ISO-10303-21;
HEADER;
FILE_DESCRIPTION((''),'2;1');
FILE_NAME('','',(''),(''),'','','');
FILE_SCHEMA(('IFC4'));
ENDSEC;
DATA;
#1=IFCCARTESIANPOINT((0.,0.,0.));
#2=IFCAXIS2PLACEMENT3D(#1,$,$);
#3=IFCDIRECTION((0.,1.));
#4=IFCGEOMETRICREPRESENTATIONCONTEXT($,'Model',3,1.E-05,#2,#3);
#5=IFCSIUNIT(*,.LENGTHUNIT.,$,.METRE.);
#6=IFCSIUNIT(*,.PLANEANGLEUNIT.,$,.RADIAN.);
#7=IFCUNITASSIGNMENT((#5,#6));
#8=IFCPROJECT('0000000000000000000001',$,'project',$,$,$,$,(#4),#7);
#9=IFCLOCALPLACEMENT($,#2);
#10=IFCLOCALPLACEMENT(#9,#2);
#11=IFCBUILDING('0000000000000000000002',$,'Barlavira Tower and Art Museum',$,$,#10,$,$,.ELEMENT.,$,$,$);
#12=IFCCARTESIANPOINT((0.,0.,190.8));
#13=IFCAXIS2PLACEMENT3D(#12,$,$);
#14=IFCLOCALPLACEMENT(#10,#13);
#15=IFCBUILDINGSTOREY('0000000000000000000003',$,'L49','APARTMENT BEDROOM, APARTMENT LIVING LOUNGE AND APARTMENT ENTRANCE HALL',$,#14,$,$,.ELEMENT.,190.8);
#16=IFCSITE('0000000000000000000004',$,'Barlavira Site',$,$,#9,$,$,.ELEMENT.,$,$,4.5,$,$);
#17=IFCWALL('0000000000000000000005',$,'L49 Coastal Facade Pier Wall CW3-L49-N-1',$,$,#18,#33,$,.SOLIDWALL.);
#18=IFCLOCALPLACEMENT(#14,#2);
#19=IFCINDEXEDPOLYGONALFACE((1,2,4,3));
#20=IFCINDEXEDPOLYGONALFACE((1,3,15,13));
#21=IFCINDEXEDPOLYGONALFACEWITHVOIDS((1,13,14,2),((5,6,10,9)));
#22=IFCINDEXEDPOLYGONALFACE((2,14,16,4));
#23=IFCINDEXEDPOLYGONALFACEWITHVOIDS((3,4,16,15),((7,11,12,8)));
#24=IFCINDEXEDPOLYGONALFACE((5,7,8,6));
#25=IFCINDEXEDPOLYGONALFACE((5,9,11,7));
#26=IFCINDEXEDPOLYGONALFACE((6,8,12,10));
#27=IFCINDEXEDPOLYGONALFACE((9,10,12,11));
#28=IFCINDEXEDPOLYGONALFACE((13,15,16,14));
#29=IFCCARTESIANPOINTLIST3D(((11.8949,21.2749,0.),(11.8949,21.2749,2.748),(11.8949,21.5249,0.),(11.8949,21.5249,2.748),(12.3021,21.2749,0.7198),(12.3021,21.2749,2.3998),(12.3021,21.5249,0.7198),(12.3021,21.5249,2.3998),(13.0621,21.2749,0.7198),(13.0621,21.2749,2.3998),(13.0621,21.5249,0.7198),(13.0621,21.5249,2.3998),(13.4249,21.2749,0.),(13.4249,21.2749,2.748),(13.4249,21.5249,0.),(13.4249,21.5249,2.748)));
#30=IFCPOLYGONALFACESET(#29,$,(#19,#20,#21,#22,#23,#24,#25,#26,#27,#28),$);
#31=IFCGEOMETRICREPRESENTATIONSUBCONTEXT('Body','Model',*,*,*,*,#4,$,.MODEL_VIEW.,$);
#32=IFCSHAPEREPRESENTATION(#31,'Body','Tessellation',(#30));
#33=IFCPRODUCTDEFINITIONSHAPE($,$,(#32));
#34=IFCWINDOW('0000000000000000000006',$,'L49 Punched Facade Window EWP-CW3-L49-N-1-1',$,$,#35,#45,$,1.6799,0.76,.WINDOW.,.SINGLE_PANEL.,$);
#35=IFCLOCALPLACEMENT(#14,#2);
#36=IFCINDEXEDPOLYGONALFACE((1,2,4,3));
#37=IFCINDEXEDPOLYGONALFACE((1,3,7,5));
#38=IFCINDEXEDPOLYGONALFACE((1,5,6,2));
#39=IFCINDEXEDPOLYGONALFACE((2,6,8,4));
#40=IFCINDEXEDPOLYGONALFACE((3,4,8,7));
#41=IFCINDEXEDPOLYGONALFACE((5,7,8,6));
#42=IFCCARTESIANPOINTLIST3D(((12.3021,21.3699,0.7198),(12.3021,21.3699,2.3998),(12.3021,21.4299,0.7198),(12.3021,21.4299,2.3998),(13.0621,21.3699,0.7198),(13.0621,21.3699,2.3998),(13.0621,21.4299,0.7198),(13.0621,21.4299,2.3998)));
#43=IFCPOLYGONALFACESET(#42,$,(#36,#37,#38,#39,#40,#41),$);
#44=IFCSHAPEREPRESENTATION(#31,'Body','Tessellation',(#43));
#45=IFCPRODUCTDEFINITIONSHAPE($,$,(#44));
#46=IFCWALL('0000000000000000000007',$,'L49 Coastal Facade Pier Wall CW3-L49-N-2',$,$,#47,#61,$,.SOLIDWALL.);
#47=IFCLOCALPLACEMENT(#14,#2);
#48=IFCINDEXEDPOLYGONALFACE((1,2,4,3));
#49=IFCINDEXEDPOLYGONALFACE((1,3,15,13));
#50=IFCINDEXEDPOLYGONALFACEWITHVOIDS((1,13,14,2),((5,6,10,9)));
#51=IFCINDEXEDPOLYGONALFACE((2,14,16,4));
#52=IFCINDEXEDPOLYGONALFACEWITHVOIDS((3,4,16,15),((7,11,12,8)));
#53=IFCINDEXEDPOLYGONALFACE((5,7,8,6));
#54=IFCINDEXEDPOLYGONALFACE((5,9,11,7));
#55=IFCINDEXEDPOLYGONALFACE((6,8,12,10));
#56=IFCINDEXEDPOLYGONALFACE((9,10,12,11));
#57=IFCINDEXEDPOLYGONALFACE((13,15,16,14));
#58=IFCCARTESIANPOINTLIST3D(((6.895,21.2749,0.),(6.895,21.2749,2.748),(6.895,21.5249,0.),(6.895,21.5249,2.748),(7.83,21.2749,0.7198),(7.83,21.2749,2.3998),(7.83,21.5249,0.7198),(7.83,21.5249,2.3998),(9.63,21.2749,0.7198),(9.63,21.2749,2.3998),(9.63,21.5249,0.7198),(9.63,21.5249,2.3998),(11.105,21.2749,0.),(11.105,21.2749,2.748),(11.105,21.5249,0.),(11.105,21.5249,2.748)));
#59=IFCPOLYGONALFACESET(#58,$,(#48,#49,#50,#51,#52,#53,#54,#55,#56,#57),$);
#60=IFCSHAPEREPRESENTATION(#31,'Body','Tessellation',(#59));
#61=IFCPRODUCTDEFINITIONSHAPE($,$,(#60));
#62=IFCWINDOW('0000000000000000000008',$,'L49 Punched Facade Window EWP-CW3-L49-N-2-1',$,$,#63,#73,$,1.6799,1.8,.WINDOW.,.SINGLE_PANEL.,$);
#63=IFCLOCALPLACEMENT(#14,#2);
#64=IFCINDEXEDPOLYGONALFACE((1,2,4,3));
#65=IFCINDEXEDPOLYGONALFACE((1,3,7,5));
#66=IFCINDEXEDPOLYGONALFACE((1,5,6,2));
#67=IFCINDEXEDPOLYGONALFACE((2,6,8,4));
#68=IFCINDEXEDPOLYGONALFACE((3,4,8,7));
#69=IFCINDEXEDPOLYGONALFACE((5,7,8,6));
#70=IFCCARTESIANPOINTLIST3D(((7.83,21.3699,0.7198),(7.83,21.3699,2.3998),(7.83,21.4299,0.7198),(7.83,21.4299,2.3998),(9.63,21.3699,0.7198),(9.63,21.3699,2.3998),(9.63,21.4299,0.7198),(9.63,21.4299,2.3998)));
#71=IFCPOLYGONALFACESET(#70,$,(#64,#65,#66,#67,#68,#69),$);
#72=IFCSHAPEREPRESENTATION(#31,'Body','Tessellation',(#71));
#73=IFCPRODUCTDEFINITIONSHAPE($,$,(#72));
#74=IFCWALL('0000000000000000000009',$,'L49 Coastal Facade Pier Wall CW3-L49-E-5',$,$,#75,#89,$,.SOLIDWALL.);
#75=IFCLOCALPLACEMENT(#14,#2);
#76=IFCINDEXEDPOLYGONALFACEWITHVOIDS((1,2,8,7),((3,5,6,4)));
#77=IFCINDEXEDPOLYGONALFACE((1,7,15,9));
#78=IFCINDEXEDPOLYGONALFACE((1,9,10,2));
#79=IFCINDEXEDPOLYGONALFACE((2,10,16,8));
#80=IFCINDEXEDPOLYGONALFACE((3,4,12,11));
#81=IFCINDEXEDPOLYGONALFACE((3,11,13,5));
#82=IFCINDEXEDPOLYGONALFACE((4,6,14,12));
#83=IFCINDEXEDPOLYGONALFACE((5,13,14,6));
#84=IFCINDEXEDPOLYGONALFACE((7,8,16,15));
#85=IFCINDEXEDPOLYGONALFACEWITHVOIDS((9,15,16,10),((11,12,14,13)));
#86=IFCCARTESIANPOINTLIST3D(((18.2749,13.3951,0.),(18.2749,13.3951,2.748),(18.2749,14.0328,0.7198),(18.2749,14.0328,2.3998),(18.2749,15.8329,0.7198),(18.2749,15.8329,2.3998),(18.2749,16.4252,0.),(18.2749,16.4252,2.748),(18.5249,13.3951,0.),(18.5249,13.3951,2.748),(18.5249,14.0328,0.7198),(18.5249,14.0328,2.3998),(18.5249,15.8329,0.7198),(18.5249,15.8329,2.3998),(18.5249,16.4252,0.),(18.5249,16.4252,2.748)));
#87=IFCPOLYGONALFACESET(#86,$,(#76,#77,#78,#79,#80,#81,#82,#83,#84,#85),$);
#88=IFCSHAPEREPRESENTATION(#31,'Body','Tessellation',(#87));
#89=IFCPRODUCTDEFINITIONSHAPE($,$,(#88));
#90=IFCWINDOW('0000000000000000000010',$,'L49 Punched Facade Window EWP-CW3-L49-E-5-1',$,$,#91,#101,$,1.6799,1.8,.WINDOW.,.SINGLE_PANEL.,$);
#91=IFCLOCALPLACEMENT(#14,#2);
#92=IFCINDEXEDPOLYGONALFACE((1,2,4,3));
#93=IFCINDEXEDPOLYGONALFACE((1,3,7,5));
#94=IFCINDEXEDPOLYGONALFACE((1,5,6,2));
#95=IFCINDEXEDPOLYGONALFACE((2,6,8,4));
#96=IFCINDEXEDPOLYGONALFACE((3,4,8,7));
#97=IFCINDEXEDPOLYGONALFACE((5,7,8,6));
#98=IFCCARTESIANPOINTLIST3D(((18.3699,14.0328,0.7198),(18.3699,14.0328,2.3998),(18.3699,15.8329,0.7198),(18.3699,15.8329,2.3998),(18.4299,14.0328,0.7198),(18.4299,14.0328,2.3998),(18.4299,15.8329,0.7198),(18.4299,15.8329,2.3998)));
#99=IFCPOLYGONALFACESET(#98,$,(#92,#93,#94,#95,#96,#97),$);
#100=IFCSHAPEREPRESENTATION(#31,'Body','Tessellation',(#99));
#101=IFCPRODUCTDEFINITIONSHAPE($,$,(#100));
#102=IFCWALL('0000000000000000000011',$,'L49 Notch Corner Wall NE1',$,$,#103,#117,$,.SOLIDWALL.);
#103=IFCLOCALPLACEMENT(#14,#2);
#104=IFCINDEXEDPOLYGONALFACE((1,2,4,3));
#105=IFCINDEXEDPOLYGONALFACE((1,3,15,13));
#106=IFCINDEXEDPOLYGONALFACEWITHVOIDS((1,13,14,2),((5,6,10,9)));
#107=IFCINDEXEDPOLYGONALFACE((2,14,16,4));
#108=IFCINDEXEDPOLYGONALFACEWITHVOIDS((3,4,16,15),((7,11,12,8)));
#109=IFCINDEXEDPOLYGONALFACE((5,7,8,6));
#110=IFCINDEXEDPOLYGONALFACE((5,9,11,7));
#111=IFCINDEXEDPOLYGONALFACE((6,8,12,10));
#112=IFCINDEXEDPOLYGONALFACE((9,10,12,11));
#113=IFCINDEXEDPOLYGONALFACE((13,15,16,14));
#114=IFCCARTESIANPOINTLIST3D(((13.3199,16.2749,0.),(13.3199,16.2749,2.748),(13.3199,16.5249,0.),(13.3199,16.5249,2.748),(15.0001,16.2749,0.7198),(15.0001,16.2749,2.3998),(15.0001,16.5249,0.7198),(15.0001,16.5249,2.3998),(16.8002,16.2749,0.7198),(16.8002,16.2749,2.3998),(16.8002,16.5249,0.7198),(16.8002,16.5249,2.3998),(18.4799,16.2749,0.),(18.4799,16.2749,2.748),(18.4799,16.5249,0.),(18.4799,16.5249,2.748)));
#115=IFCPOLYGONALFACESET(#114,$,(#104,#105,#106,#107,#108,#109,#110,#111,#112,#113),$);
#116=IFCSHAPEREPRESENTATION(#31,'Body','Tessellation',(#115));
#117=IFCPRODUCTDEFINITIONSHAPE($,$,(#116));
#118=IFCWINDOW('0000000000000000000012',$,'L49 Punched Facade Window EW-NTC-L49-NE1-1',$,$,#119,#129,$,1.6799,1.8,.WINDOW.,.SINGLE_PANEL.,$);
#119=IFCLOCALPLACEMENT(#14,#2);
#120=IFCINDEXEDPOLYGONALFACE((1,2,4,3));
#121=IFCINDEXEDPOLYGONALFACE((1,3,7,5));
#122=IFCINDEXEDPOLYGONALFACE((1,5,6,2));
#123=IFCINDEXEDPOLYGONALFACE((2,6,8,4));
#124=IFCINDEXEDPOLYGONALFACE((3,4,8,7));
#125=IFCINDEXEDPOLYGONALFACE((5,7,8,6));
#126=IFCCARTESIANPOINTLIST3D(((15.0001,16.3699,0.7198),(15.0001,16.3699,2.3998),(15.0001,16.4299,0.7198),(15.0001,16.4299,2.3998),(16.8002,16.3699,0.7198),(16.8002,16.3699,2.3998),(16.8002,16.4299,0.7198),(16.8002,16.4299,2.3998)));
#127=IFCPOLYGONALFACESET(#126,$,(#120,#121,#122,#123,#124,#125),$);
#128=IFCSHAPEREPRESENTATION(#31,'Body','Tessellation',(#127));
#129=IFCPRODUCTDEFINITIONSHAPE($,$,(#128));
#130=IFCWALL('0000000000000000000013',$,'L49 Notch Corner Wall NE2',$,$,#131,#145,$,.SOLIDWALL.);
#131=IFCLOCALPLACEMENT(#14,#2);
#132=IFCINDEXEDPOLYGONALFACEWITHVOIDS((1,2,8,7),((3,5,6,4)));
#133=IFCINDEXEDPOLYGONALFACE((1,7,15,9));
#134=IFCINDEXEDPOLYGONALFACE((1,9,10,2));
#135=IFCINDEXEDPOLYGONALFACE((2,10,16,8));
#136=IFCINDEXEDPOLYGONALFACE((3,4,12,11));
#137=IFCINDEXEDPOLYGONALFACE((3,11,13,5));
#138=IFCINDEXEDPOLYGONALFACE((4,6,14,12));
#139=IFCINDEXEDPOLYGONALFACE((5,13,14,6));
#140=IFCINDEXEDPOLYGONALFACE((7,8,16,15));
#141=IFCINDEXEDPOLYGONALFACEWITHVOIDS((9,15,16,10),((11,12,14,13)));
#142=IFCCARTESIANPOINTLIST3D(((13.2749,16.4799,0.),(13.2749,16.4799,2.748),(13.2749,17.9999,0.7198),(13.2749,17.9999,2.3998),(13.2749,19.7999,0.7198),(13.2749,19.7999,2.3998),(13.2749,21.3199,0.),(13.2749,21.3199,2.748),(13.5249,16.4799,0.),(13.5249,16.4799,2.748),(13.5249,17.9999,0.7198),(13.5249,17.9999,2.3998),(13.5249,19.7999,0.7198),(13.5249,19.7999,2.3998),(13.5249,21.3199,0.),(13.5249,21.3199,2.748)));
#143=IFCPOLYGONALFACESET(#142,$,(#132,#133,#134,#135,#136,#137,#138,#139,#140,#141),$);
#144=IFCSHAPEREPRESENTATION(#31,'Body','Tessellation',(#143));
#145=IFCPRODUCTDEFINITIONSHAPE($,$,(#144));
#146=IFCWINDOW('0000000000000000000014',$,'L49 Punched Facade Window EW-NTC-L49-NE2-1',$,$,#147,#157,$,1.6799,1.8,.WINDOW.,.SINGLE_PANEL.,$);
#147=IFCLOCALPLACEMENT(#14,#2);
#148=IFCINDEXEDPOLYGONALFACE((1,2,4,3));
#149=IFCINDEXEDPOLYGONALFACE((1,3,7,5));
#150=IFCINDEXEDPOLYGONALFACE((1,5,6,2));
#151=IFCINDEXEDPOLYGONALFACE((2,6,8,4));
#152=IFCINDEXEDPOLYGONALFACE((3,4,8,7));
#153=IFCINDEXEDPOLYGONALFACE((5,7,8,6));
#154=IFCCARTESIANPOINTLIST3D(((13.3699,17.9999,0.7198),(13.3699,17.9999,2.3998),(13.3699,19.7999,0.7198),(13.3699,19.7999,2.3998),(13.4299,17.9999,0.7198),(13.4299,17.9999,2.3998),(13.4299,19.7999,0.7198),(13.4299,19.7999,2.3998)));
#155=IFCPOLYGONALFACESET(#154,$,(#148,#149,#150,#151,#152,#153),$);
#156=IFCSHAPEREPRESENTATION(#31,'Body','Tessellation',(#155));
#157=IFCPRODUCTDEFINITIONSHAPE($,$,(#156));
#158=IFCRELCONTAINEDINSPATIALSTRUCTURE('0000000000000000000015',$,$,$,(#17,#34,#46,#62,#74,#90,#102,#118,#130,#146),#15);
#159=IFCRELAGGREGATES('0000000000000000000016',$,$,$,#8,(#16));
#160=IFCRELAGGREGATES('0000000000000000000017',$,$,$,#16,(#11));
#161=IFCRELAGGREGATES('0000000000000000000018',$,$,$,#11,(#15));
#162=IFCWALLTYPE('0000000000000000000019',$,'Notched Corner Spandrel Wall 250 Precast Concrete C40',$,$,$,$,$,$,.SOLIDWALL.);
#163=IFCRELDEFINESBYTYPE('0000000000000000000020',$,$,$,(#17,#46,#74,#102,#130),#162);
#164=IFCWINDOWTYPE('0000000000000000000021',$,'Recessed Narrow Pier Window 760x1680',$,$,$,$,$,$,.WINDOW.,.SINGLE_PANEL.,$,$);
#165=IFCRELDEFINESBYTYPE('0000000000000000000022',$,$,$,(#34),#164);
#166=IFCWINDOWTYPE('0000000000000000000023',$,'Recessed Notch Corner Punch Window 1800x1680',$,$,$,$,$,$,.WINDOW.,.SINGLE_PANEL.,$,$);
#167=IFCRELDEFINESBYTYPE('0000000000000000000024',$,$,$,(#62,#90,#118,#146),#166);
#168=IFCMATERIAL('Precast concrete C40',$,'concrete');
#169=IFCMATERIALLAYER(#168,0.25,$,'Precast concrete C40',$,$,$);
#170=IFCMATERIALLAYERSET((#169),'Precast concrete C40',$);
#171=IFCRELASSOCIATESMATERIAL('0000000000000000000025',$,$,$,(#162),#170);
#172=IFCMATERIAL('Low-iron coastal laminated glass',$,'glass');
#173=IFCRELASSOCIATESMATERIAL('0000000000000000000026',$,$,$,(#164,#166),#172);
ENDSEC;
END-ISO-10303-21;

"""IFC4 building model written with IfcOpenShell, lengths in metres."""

from ifc_helpers import new_model, si_unit, direction, frame, frame_2d, origin, place, context, subcontext, project, spatial, rectangle, extrude, material, layer, layer_set, type_object, element, fill, save


model = new_model("IFC4")

# Units and contexts
model_context = context("Model", 3, precision=1e-05, world=origin(), true_north=direction((0.0, 1.0)))
body_context = subcontext(model_context, "Body", "Model", "MODEL_VIEW")
ifc_project = project(units=[si_unit("LENGTHUNIT", "METRE"), si_unit("PLANEANGLEUNIT", "RADIAN")], contexts=[model_context])

# Site, building, storey
site_placement = place(None, origin())
site = spatial("IfcSite", under=ifc_project, at=site_placement, Name="Barlavira Site", CompositionType="ELEMENT", RefElevation=4.5)
building_placement = place(site_placement, origin())
building = spatial("IfcBuilding", under=site, at=building_placement, Name="Barlavira Tower and Art Museum", CompositionType="ELEMENT")
storey_placement = place(building_placement, frame((0.0, 0.0, 190.8)))
storey = spatial("IfcBuildingStorey", under=building, at=storey_placement, Name="L49", Description="APARTMENT BEDROOM, APARTMENT LIVING LOUNGE AND APARTMENT ENTRANCE HALL", CompositionType="ELEMENT", Elevation=190.8)

# Walls, openings, windows
ifc_material_1 = material(Name="Precast concrete C40", Category="concrete")
ifc_layer_1 = layer(ifc_material_1, 0.25, Name="Precast concrete C40")
ifc_layer_set_1 = layer_set([ifc_layer_1], Name="Precast concrete C40")
wall_type_1 = type_object("IfcWallType", Name="Notched Corner Spandrel Wall 250 Precast Concrete C40", PredefinedType="SOLIDWALL", material=ifc_layer_set_1)
wall_1_placement = place(storey_placement, frame((13.425, 21.3999, 0.0), z_axis=(0.0, 0.0, 1.0), x_axis=(-1.0, 0.0, 0.0)))
wall_1 = element("IfcWall", 1, at=wall_1_placement, inside=storey, type_object=wall_type_1, Name="L49 Coastal Facade Pier Wall CW3-L49-N-1", PredefinedType="SOLIDWALL", context=body_context, shape_type="SweptSolid", body=[
    extrude(rectangle(XDim=1.53, YDim=0.25, at=frame_2d((0.7651, 0.0))), origin(), (0.0, 0.0, 1.0), 2.748),
])
opening_1_placement = place(wall_1_placement, frame((0.363, 0.0, 0.72)))
opening_1 = element("IfcOpeningElement", 2, at=opening_1_placement, cuts=wall_1, PredefinedType="OPENING", context=body_context, shape_type="SweptSolid", body=[
    extrude(rectangle(XDim=0.76, YDim=1.6799, at=frame_2d((0.3799, 0.8398))), frame((0.0, 0.135, 0.0), z_axis=(0.0, -1.0, 0.0), x_axis=(1.0, 0.0, 0.0)), (0.0, 0.0, 1.0), 0.27),
])
ifc_material_2 = material(Name="Low-iron coastal laminated glass", Category="glass")
window_type_1 = type_object("IfcWindowType", Name="Recessed Narrow Pier Window 760x1680", PartitioningType="SINGLE_PANEL", PredefinedType="WINDOW", material=ifc_material_2)
window_1_placement = place(opening_1_placement, origin())
window_1 = element("IfcWindow", 3, at=window_1_placement, inside=storey, type_object=window_type_1, Name="L49 Punched Facade Window EWP-CW3-L49-N-1-1", OverallHeight=1.6799, OverallWidth=0.76, PartitioningType="SINGLE_PANEL", PredefinedType="WINDOW", context=body_context, shape_type="SweptSolid", body=[
    extrude(rectangle(XDim=0.76, YDim=1.6799, at=frame_2d((0.3799, 0.8398))), frame((0.0, 0.03, 0.0), z_axis=(0.0, -1.0, 0.0), x_axis=(1.0, 0.0, 0.0)), (0.0, 0.0, 1.0), 0.0601),
])
fill(opening_1, window_1)
wall_2_placement = place(storey_placement, frame((11.105, 21.3999, 0.0), z_axis=(0.0, 0.0, 1.0), x_axis=(-1.0, 0.0, 0.0)))
wall_2 = element("IfcWall", 4, at=wall_2_placement, inside=storey, type_object=wall_type_1, Name="L49 Coastal Facade Pier Wall CW3-L49-N-2", PredefinedType="SOLIDWALL", context=body_context, shape_type="SweptSolid", body=[
    extrude(rectangle(XDim=4.21, YDim=0.25, at=frame_2d((2.105, 0.0))), origin(), (0.0, 0.0, 1.0), 2.748),
])
opening_2_placement = place(wall_2_placement, frame((1.4751, 0.0, 0.72)))
opening_2 = element("IfcOpeningElement", 5, at=opening_2_placement, cuts=wall_2, PredefinedType="OPENING", context=body_context, shape_type="SweptSolid", body=[
    extrude(rectangle(XDim=1.8, YDim=1.6799, at=frame_2d((0.8999, 0.8398))), frame((0.0, 0.135, 0.0), z_axis=(0.0, -1.0, 0.0), x_axis=(1.0, 0.0, 0.0)), (0.0, 0.0, 1.0), 0.27),
])
window_type_2 = type_object("IfcWindowType", Name="Recessed Notch Corner Punch Window 1800x1680", PartitioningType="SINGLE_PANEL", PredefinedType="WINDOW", material=ifc_material_2)
window_2_placement = place(opening_2_placement, origin())
window_2 = element("IfcWindow", 6, at=window_2_placement, inside=storey, type_object=window_type_2, Name="L49 Punched Facade Window EWP-CW3-L49-N-2-1", OverallHeight=1.6799, OverallWidth=1.8, PartitioningType="SINGLE_PANEL", PredefinedType="WINDOW", context=body_context, shape_type="SweptSolid", body=[
    extrude(rectangle(XDim=1.8, YDim=1.6799, at=frame_2d((0.8999, 0.8398))), frame((0.0, 0.03, 0.0), z_axis=(0.0, -1.0, 0.0), x_axis=(1.0, 0.0, 0.0)), (0.0, 0.0, 1.0), 0.0601),
])
fill(opening_2, window_2)
wall_3_placement = place(storey_placement, frame((18.3999, 13.395, 0.0), z_axis=(0.0, 0.0, 1.0), x_axis=(0.0, 1.0, 0.0)))
wall_3 = element("IfcWall", 7, at=wall_3_placement, inside=storey, type_object=wall_type_1, Name="L49 Coastal Facade Pier Wall CW3-L49-E-5", PredefinedType="SOLIDWALL", context=body_context, shape_type="SweptSolid", body=[
    extrude(rectangle(XDim=3.03, YDim=0.25, at=frame_2d((1.5151, 0.0))), origin(), (0.0, 0.0, 1.0), 2.748),
])
opening_3_placement = place(wall_3_placement, frame((0.6379, 0.0, 0.72)))
opening_3 = element("IfcOpeningElement", 8, at=opening_3_placement, cuts=wall_3, PredefinedType="OPENING", context=body_context, shape_type="SweptSolid", body=[
    extrude(rectangle(XDim=1.8, YDim=1.6799, at=frame_2d((0.8999, 0.8398))), frame((0.0, 0.135, 0.0), z_axis=(0.0, -1.0, 0.0), x_axis=(1.0, 0.0, 0.0)), (0.0, 0.0, 1.0), 0.27),
])
window_3_placement = place(opening_3_placement, origin())
window_3 = element("IfcWindow", 9, at=window_3_placement, inside=storey, type_object=window_type_2, Name="L49 Punched Facade Window EWP-CW3-L49-E-5-1", OverallHeight=1.6799, OverallWidth=1.8, PartitioningType="SINGLE_PANEL", PredefinedType="WINDOW", context=body_context, shape_type="SweptSolid", body=[
    extrude(rectangle(XDim=1.8, YDim=1.6799, at=frame_2d((0.8999, 0.8398))), frame((0.0, 0.03, 0.0), z_axis=(0.0, -1.0, 0.0), x_axis=(1.0, 0.0, 0.0)), (0.0, 0.0, 1.0), 0.0601),
])
fill(opening_3, window_3)
wall_4_placement = place(storey_placement, frame((18.48, 16.3999, 0.0), z_axis=(0.0, 0.0, 1.0), x_axis=(-1.0, 0.0, 0.0)))
wall_4 = element("IfcWall", 10, at=wall_4_placement, inside=storey, type_object=wall_type_1, Name="L49 Notch Corner Wall NE1", PredefinedType="SOLIDWALL", context=body_context, shape_type="SweptSolid", body=[
    extrude(rectangle(XDim=5.1599, YDim=0.25, at=frame_2d((2.5801, 0.0))), origin(), (0.0, 0.0, 1.0), 2.748),
])
opening_4_placement = place(wall_4_placement, frame((1.6799, 0.0, 0.72)))
opening_4 = element("IfcOpeningElement", 11, at=opening_4_placement, cuts=wall_4, PredefinedType="OPENING", context=body_context, shape_type="SweptSolid", body=[
    extrude(rectangle(XDim=1.8, YDim=1.6799, at=frame_2d((0.8999, 0.8398))), frame((0.0, 0.135, 0.0), z_axis=(0.0, -1.0, 0.0), x_axis=(1.0, 0.0, 0.0)), (0.0, 0.0, 1.0), 0.27),
])
window_4_placement = place(opening_4_placement, origin())
window_4 = element("IfcWindow", 12, at=window_4_placement, inside=storey, type_object=window_type_2, Name="L49 Punched Facade Window EW-NTC-L49-NE1-1", OverallHeight=1.6799, OverallWidth=1.8, PartitioningType="SINGLE_PANEL", PredefinedType="WINDOW", context=body_context, shape_type="SweptSolid", body=[
    extrude(rectangle(XDim=1.8, YDim=1.6799, at=frame_2d((0.8999, 0.8398))), frame((0.0, 0.03, 0.0), z_axis=(0.0, -1.0, 0.0), x_axis=(1.0, 0.0, 0.0)), (0.0, 0.0, 1.0), 0.0601),
])
fill(opening_4, window_4)
wall_5_placement = place(storey_placement, frame((13.3999, 16.48, 0.0), z_axis=(0.0, 0.0, 1.0), x_axis=(0.0, 1.0, 0.0)))
wall_5 = element("IfcWall", 13, at=wall_5_placement, inside=storey, type_object=wall_type_1, Name="L49 Notch Corner Wall NE2", PredefinedType="SOLIDWALL", context=body_context, shape_type="SweptSolid", body=[
    extrude(rectangle(XDim=4.8401, YDim=0.25, at=frame_2d((2.4199, 0.0))), origin(), (0.0, 0.0, 1.0), 2.748),
])
opening_5_placement = place(wall_5_placement, frame((1.52, 0.0, 0.72)))
opening_5 = element("IfcOpeningElement", 14, at=opening_5_placement, cuts=wall_5, PredefinedType="OPENING", context=body_context, shape_type="SweptSolid", body=[
    extrude(rectangle(XDim=1.8, YDim=1.6799, at=frame_2d((0.8999, 0.8398))), frame((0.0, 0.135, 0.0), z_axis=(0.0, -1.0, 0.0), x_axis=(1.0, 0.0, 0.0)), (0.0, 0.0, 1.0), 0.27),
])
window_5_placement = place(opening_5_placement, origin())
window_5 = element("IfcWindow", 15, at=window_5_placement, inside=storey, type_object=window_type_2, Name="L49 Punched Facade Window EW-NTC-L49-NE2-1", OverallHeight=1.6799, OverallWidth=1.8, PartitioningType="SINGLE_PANEL", PredefinedType="WINDOW", context=body_context, shape_type="SweptSolid", body=[
    extrude(rectangle(XDim=1.8, YDim=1.6799, at=frame_2d((0.8999, 0.8398))), frame((0.0, 0.03, 0.0), z_axis=(0.0, -1.0, 0.0), x_axis=(1.0, 0.0, 0.0)), (0.0, 0.0, 1.0), 0.0601),
])
fill(opening_5, window_5)

save(model, "model.ifc")
